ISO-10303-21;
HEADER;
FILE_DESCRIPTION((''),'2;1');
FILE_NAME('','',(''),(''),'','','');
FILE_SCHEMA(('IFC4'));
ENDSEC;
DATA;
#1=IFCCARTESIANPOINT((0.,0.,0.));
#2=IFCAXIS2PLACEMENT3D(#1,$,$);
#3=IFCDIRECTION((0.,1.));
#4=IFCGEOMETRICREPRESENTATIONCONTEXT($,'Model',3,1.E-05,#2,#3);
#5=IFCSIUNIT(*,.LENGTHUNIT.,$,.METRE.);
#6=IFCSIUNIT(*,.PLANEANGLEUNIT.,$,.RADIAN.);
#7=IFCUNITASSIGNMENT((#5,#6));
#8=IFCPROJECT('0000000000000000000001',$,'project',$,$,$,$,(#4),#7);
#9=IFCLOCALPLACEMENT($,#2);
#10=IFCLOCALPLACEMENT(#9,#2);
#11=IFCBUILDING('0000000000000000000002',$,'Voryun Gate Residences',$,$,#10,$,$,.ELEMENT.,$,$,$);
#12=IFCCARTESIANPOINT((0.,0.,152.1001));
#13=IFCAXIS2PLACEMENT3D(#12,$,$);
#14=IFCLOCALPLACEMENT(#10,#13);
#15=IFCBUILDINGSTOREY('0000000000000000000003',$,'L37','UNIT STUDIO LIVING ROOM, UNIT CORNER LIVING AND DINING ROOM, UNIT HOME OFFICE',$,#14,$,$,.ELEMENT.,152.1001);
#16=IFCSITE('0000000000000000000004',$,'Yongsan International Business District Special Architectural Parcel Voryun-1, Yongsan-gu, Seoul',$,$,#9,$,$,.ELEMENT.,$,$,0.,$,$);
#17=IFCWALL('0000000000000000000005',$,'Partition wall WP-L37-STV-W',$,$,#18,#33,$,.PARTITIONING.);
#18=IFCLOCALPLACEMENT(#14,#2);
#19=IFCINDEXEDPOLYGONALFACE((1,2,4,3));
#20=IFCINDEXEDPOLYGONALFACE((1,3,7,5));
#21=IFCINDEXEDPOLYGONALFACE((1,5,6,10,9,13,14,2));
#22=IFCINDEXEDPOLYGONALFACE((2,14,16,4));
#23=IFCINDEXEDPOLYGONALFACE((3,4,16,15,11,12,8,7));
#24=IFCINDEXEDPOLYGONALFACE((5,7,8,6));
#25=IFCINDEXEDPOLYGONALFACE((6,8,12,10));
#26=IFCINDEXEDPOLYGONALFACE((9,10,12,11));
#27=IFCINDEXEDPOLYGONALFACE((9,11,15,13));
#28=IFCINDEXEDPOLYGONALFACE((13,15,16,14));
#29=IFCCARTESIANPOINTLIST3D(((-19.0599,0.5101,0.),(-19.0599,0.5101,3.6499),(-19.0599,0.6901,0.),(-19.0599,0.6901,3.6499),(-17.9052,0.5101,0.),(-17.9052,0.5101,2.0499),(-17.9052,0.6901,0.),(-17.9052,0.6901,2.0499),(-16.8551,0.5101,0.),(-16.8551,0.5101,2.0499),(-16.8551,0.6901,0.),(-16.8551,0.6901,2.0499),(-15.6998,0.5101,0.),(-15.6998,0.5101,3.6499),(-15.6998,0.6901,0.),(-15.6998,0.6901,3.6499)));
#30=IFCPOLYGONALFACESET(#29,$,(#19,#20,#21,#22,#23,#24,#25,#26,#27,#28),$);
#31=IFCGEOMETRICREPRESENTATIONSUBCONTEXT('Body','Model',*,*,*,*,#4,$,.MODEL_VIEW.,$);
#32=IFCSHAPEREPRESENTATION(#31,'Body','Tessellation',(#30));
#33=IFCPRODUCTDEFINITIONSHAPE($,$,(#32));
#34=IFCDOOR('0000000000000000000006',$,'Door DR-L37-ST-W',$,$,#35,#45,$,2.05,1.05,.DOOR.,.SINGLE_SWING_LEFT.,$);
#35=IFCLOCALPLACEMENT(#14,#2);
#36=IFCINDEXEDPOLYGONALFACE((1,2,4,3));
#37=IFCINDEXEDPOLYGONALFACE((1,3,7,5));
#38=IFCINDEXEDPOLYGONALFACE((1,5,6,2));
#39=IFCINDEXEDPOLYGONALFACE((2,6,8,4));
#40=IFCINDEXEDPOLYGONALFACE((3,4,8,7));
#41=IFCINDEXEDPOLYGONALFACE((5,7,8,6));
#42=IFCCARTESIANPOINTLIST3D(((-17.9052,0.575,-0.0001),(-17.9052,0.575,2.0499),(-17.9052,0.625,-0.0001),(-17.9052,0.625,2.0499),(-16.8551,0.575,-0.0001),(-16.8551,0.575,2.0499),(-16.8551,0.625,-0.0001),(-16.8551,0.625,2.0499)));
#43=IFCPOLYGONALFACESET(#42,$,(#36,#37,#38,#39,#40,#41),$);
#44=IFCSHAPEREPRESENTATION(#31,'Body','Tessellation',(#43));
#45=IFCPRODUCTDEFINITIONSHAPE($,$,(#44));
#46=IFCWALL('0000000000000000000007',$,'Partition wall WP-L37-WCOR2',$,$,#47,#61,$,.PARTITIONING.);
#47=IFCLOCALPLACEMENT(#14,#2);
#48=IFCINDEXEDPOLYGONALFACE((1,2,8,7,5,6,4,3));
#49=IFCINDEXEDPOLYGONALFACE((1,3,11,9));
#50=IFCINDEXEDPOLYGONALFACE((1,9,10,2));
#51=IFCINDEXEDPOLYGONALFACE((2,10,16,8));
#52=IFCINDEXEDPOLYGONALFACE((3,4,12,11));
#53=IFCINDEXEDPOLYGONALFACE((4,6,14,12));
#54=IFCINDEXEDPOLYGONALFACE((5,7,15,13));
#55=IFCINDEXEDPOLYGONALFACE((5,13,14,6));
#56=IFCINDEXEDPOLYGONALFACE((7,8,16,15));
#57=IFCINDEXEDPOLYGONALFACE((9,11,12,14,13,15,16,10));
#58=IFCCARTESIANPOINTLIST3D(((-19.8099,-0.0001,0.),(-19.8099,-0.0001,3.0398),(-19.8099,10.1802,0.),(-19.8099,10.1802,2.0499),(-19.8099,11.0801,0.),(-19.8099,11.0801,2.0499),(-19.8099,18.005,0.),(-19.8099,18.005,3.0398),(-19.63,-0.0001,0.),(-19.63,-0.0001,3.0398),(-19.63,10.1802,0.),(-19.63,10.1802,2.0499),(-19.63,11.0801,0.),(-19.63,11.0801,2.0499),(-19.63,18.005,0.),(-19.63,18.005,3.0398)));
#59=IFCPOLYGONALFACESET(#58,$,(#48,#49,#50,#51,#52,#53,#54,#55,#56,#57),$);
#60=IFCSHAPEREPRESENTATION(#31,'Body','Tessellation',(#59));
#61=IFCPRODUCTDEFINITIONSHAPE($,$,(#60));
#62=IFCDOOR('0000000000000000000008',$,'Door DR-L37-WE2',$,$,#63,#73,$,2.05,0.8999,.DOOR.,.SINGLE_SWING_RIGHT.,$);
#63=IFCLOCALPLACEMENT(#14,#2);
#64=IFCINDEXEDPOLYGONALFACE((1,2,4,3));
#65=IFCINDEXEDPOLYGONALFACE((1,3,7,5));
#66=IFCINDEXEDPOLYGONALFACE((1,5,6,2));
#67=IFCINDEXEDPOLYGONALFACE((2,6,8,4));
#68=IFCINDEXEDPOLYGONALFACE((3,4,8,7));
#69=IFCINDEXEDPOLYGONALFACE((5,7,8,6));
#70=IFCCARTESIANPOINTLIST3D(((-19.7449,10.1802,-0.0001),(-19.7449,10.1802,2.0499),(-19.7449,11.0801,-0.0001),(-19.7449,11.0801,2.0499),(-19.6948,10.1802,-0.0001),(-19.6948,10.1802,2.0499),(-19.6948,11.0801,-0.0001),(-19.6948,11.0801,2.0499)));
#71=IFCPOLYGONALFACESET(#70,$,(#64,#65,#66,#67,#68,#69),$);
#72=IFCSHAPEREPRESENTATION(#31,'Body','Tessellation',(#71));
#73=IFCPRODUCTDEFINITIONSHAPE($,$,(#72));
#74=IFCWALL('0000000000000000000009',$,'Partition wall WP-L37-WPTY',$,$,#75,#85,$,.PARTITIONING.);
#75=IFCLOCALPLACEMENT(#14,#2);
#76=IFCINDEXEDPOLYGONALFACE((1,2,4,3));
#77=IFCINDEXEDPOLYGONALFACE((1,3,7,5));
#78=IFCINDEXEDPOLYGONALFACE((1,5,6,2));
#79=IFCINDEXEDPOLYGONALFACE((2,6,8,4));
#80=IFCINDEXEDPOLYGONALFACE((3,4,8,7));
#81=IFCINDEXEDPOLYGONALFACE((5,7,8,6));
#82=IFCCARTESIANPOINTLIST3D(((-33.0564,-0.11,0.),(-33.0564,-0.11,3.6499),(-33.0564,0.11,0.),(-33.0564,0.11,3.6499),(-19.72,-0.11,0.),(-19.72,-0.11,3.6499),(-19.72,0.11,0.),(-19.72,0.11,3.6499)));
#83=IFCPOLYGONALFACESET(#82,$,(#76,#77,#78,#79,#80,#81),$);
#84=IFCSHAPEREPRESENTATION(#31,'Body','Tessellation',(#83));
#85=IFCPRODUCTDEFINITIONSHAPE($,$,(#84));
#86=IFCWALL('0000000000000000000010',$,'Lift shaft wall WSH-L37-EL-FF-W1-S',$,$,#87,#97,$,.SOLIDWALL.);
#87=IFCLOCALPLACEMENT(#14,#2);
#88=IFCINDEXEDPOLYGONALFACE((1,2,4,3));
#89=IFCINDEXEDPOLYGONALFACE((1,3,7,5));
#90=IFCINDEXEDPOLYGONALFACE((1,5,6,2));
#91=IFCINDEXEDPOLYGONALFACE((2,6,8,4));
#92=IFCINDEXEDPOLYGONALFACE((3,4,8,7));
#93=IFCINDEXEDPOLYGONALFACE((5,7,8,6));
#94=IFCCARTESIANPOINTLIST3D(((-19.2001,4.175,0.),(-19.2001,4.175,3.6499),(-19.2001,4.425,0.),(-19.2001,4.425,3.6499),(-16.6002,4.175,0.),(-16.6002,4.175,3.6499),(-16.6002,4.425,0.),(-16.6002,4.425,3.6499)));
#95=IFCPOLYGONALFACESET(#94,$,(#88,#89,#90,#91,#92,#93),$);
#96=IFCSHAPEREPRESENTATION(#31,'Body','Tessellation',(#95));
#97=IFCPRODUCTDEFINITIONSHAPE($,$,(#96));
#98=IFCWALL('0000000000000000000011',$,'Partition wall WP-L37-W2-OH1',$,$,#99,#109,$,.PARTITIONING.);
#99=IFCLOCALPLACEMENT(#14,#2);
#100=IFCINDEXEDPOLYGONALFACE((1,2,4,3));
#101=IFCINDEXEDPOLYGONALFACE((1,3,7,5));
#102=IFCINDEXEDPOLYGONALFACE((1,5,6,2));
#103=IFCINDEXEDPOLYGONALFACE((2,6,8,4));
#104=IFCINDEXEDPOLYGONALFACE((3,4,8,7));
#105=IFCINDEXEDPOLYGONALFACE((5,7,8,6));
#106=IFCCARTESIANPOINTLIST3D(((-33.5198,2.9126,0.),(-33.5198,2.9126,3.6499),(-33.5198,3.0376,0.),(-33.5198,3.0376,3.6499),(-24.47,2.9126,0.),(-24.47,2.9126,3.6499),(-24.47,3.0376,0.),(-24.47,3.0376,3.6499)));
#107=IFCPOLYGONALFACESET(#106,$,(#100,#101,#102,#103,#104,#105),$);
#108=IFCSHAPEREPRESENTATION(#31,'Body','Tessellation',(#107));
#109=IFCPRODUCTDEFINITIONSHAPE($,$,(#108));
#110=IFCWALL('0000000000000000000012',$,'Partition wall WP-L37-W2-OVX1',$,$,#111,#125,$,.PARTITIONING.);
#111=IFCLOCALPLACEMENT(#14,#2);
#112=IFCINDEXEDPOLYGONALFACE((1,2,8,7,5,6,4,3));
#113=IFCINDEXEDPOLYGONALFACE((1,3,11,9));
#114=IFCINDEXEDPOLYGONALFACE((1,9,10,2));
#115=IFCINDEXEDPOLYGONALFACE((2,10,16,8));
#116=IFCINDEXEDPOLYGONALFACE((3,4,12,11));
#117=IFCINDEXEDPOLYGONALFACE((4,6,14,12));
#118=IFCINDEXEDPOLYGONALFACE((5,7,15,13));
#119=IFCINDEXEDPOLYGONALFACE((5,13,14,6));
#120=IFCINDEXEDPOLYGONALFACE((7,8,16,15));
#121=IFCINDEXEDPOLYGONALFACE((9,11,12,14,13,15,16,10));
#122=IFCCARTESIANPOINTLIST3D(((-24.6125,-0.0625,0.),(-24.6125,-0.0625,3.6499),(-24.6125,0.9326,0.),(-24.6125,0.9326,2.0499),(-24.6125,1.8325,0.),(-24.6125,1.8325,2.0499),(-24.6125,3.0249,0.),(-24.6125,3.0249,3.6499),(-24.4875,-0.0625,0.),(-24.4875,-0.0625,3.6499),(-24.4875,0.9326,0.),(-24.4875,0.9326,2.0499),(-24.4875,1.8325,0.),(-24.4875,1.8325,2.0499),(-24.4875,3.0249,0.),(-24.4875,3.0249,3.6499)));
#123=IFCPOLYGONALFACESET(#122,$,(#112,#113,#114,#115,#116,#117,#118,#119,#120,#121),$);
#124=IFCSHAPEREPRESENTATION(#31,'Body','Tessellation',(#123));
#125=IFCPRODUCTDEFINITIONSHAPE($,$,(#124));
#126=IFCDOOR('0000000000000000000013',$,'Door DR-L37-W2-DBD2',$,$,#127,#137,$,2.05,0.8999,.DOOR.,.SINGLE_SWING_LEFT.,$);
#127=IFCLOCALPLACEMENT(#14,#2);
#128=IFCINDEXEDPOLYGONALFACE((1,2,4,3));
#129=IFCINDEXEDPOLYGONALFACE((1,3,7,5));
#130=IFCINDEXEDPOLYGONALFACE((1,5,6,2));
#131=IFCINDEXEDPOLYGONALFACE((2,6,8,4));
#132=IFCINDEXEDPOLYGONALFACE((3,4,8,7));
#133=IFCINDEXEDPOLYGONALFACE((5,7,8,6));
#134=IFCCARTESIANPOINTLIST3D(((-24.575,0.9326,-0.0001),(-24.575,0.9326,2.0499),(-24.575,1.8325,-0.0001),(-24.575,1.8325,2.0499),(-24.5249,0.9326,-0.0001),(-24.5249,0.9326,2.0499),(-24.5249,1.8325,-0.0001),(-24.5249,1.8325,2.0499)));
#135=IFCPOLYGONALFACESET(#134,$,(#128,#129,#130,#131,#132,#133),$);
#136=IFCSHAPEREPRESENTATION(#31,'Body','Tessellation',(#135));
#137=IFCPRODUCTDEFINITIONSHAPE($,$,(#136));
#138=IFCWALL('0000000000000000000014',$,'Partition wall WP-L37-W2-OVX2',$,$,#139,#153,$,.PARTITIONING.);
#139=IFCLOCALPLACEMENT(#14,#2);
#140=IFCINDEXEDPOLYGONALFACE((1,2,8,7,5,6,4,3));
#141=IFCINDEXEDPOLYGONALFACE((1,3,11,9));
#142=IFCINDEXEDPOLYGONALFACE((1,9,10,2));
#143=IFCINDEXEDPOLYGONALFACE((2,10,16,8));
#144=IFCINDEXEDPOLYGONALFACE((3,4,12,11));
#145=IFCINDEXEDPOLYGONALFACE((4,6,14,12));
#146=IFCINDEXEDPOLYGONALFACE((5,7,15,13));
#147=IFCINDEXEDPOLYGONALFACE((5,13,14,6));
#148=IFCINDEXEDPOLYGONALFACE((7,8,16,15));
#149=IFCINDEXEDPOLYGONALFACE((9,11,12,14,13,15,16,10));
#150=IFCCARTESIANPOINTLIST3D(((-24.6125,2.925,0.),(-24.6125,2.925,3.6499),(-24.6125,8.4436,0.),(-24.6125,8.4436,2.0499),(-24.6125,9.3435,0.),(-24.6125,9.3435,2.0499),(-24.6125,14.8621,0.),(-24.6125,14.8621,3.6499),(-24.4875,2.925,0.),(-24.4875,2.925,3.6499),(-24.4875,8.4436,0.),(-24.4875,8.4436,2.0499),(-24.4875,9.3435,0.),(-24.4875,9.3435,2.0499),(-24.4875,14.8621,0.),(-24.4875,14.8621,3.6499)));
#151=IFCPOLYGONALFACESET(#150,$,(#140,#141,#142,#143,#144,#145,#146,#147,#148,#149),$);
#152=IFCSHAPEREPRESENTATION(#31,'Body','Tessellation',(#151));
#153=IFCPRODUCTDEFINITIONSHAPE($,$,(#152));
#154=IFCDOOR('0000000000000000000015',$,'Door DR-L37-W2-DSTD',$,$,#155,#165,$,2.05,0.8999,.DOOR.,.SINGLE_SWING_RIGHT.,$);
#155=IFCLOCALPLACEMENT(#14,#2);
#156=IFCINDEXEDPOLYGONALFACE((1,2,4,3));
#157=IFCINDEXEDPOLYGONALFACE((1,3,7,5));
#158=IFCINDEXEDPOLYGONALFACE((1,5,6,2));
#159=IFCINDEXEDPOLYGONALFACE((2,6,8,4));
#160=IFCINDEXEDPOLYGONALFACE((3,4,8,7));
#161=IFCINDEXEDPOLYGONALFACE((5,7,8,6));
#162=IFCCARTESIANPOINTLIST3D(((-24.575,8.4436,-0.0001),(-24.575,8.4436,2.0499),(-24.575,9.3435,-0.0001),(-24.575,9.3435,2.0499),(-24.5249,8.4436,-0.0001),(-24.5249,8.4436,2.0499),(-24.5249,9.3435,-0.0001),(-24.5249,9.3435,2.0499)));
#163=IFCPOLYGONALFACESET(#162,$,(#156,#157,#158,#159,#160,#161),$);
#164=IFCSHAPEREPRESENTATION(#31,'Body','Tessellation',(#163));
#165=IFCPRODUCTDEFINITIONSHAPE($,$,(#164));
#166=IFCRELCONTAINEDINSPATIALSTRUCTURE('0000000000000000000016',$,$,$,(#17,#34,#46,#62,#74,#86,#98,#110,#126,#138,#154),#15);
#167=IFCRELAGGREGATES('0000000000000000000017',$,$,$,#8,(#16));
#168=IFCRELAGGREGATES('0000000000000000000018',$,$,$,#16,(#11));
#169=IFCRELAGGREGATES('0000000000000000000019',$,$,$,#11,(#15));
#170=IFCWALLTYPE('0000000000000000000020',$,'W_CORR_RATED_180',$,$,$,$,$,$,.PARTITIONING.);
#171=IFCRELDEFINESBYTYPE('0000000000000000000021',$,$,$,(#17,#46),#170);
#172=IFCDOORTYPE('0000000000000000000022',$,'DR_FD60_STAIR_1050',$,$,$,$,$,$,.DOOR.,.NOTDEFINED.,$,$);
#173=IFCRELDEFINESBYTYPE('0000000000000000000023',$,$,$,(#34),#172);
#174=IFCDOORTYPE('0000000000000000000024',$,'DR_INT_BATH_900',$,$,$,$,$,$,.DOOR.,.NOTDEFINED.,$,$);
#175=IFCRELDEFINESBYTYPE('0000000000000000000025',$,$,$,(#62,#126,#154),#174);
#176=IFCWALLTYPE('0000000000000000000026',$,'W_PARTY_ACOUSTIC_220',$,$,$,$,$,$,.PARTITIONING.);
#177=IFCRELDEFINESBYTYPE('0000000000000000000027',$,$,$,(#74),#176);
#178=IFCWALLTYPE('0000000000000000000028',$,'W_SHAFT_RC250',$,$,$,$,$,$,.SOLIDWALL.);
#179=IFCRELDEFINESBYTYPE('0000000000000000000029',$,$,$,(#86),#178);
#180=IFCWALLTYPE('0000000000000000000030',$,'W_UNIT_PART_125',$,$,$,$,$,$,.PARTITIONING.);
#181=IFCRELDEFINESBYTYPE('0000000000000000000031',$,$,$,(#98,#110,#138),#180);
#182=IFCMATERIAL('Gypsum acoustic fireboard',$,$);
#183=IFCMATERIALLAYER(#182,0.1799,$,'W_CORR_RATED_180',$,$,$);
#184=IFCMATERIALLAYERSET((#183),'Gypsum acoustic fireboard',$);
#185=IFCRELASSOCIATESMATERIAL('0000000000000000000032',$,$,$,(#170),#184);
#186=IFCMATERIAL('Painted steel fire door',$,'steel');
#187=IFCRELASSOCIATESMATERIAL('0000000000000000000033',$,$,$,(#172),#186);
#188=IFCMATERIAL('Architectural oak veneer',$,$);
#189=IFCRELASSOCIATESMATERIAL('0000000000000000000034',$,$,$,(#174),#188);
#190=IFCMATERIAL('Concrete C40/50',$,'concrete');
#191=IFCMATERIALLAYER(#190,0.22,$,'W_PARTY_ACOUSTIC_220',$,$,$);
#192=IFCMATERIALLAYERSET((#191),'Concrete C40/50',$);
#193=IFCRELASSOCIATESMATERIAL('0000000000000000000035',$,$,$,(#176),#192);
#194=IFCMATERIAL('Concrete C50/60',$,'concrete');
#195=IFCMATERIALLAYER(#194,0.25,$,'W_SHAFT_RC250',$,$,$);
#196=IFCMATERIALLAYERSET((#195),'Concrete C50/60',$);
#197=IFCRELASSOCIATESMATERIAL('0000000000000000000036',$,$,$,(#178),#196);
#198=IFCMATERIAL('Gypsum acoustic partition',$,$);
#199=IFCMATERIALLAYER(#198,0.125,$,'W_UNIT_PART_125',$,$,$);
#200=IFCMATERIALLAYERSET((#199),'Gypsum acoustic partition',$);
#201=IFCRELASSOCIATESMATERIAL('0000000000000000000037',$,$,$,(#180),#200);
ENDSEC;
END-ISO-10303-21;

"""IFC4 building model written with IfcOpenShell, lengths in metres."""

from ifc_helpers import new_model, si_unit, direction, frame, frame_2d, origin, place, context, subcontext, project, spatial, rectangle, extrude, material, layer, layer_set, type_object, element, fill, save


model = new_model("IFC4")

# Units and contexts
model_context = context("Model", 3, precision=1e-05, world=origin(), true_north=direction((0.0, 1.0)))
body_context = subcontext(model_context, "Body", "Model", "MODEL_VIEW")
ifc_project = project(units=[si_unit("LENGTHUNIT", "METRE"), si_unit("PLANEANGLEUNIT", "RADIAN")], contexts=[model_context])

# Site, building, storey
site_placement = place(None, origin())
site = spatial("IfcSite", under=ifc_project, at=site_placement, Name="Yongsan International Business District Special Architectural Parcel Voryun-1, Yongsan-gu, Seoul", CompositionType="ELEMENT", RefElevation=0.0)
building_placement = place(site_placement, origin())
building = spatial("IfcBuilding", under=site, at=building_placement, Name="Voryun Gate Residences", CompositionType="ELEMENT")
storey_placement = place(building_placement, frame((0.0, 0.0, 152.1001)))
storey = spatial("IfcBuildingStorey", under=building, at=storey_placement, Name="L37", Description="UNIT STUDIO LIVING ROOM, UNIT CORNER LIVING AND DINING ROOM, UNIT HOME OFFICE", CompositionType="ELEMENT", Elevation=152.1001)

# Walls, openings, doors
ifc_material_1 = material(Name="Gypsum acoustic fireboard")
ifc_layer_1 = layer(ifc_material_1, 0.1799, Name="W_CORR_RATED_180")
ifc_layer_set_1 = layer_set([ifc_layer_1], Name="Gypsum acoustic fireboard")
wall_type_1 = type_object("IfcWallType", Name="W_CORR_RATED_180", PredefinedType="PARTITIONING", material=ifc_layer_set_1)
wall_1_placement = place(storey_placement, frame((-19.0601, 0.6001, 0.0), z_axis=(0.0, 0.0, 1.0), x_axis=(1.0, 0.0, 0.0)))
wall_1 = element("IfcWall", 1, at=wall_1_placement, inside=storey, type_object=wall_type_1, Name="Partition wall WP-L37-STV-W", PredefinedType="PARTITIONING", context=body_context, shape_type="SweptSolid", body=[
    extrude(rectangle(XDim=3.3601, YDim=0.1799, at=frame_2d((1.6802, 0.0))), origin(), (0.0, 0.0, 1.0), 3.6499),
])
opening_1_placement = place(wall_1_placement, frame((1.155, 0.0, 0.0)))
opening_1 = element("IfcOpeningElement", 2, at=opening_1_placement, cuts=wall_1, PredefinedType="OPENING", context=body_context, shape_type="SweptSolid", body=[
    extrude(rectangle(XDim=1.05, YDim=2.05, at=frame_2d((0.5249, 1.0249))), frame((0.0, 0.0999, 0.0), z_axis=(0.0, -1.0, 0.0), x_axis=(1.0, 0.0, 0.0)), (0.0, 0.0, 1.0), 0.2),
])
ifc_material_2 = material(Name="Painted steel fire door", Category="steel")
door_type_1 = type_object("IfcDoorType", Name="DR_FD60_STAIR_1050", OperationType="NOTDEFINED", PredefinedType="DOOR", material=ifc_material_2)
door_1_placement = place(opening_1_placement, origin())
door_1 = element("IfcDoor", 3, at=door_1_placement, inside=storey, type_object=door_type_1, Name="Door DR-L37-ST-W", OperationType="SINGLE_SWING_LEFT", OverallHeight=2.05, OverallWidth=1.05, PredefinedType="DOOR", context=body_context, shape_type="SweptSolid", body=[
    extrude(rectangle(XDim=1.05, YDim=2.05, at=frame_2d((0.5249, 1.0249))), frame((0.0, 0.0249, 0.0), z_axis=(0.0, -1.0, 0.0), x_axis=(1.0, 0.0, 0.0)), (0.0, 0.0, 1.0), 0.05),
])
fill(opening_1, door_1)
wall_2_placement = place(storey_placement, frame((-19.72, 0.0, 0.0), z_axis=(0.0, 0.0, 1.0), x_axis=(0.0, 1.0, 0.0)))
wall_2 = element("IfcWall", 4, at=wall_2_placement, inside=storey, type_object=wall_type_1, Name="Partition wall WP-L37-WCOR2", PredefinedType="PARTITIONING", context=body_context, shape_type="SweptSolid", body=[
    extrude(rectangle(XDim=18.0051, YDim=0.1799, at=frame_2d((9.0024, 0.0))), origin(), (0.0, 0.0, 1.0), 3.0398),
])
opening_2_placement = place(wall_2_placement, frame((10.1802, 0.0, 0.0)))
opening_2 = element("IfcOpeningElement", 5, at=opening_2_placement, cuts=wall_2, PredefinedType="OPENING", context=body_context, shape_type="SweptSolid", body=[
    extrude(rectangle(XDim=0.8999, YDim=2.05, at=frame_2d((0.45, 1.0249))), frame((0.0, 0.0999, 0.0), z_axis=(0.0, -1.0, 0.0), x_axis=(1.0, 0.0, 0.0)), (0.0, 0.0, 1.0), 0.2),
])
ifc_material_3 = material(Name="Architectural oak veneer")
door_type_2 = type_object("IfcDoorType", Name="DR_INT_BATH_900", OperationType="NOTDEFINED", PredefinedType="DOOR", material=ifc_material_3)
door_2_placement = place(opening_2_placement, origin())
door_2 = element("IfcDoor", 6, at=door_2_placement, inside=storey, type_object=door_type_2, Name="Door DR-L37-WE2", OperationType="SINGLE_SWING_RIGHT", OverallHeight=2.05, OverallWidth=0.8999, PredefinedType="DOOR", context=body_context, shape_type="SweptSolid", body=[
    extrude(rectangle(XDim=0.8999, YDim=2.05, at=frame_2d((0.45, 1.0249))), frame((0.0, 0.0249, 0.0), z_axis=(0.0, -1.0, 0.0), x_axis=(1.0, 0.0, 0.0)), (0.0, 0.0, 1.0), 0.05),
])
fill(opening_2, door_2)

# Walls
ifc_material_4 = material(Name="Concrete C40/50", Category="concrete")
ifc_layer_2 = layer(ifc_material_4, 0.22, Name="W_PARTY_ACOUSTIC_220")
ifc_layer_set_2 = layer_set([ifc_layer_2], Name="Concrete C40/50")
wall_type_2 = type_object("IfcWallType", Name="W_PARTY_ACOUSTIC_220", PredefinedType="PARTITIONING", material=ifc_layer_set_2)
wall_3_placement = place(storey_placement, frame((-19.72, 0.0, 0.0), z_axis=(0.0, 0.0, 1.0), x_axis=(-1.0, 0.0, 0.0)))
element("IfcWall", 7, at=wall_3_placement, inside=storey, type_object=wall_type_2, Name="Partition wall WP-L37-WPTY", PredefinedType="PARTITIONING", context=body_context, shape_type="SweptSolid", body=[
    extrude(rectangle(XDim=13.3364, YDim=0.22, at=frame_2d((6.6682, 0.0))), origin(), (0.0, 0.0, 1.0), 3.6499),
])
ifc_material_5 = material(Name="Concrete C50/60", Category="concrete")
ifc_layer_3 = layer(ifc_material_5, 0.25, Name="W_SHAFT_RC250")
ifc_layer_set_3 = layer_set([ifc_layer_3], Name="Concrete C50/60")
wall_type_3 = type_object("IfcWallType", Name="W_SHAFT_RC250", PredefinedType="SOLIDWALL", material=ifc_layer_set_3)
wall_4_placement = place(storey_placement, frame((-19.2, 4.3, 0.0), z_axis=(0.0, 0.0, 1.0), x_axis=(1.0, 0.0, 0.0)))
element("IfcWall", 8, at=wall_4_placement, inside=storey, type_object=wall_type_3, Name="Lift shaft wall WSH-L37-EL-FF-W1-S", PredefinedType="SOLIDWALL", context=body_context, shape_type="SweptSolid", body=[
    extrude(rectangle(XDim=2.5999, YDim=0.25, at=frame_2d((1.2998, 0.0))), origin(), (0.0, 0.0, 1.0), 3.6499),
])
ifc_material_6 = material(Name="Gypsum acoustic partition")
ifc_layer_4 = layer(ifc_material_6, 0.125, Name="W_UNIT_PART_125")
ifc_layer_set_4 = layer_set([ifc_layer_4], Name="Gypsum acoustic partition")
wall_type_4 = type_object("IfcWallType", Name="W_UNIT_PART_125", PredefinedType="PARTITIONING", material=ifc_layer_set_4)
wall_5_placement = place(storey_placement, frame((-33.5198, 2.9751, 0.0), z_axis=(0.0, 0.0, 1.0), x_axis=(1.0, 0.0, 0.0)))
element("IfcWall", 9, at=wall_5_placement, inside=storey, type_object=wall_type_4, Name="Partition wall WP-L37-W2-OH1", PredefinedType="PARTITIONING", context=body_context, shape_type="SweptSolid", body=[
    extrude(rectangle(XDim=9.0498, YDim=0.125, at=frame_2d((4.5249, 0.0))), origin(), (0.0, 0.0, 1.0), 3.6499),
])

# Walls, openings, doors
wall_6_placement = place(storey_placement, frame((-24.55, -0.0625, 0.0), z_axis=(0.0, 0.0, 1.0), x_axis=(0.0, 1.0, 0.0)))
wall_6 = element("IfcWall", 10, at=wall_6_placement, inside=storey, type_object=wall_type_4, Name="Partition wall WP-L37-W2-OVX1", PredefinedType="PARTITIONING", context=body_context, shape_type="SweptSolid", body=[
    extrude(rectangle(XDim=3.0874, YDim=0.125, at=frame_2d((1.5437, 0.0))), origin(), (0.0, 0.0, 1.0), 3.6499),
])
opening_3_placement = place(wall_6_placement, frame((0.9951, 0.0, 0.0)))
opening_3 = element("IfcOpeningElement", 11, at=opening_3_placement, cuts=wall_6, PredefinedType="OPENING", context=body_context, shape_type="SweptSolid", body=[
    extrude(rectangle(XDim=0.8999, YDim=2.05, at=frame_2d((0.45, 1.0249))), frame((0.0, 0.0725, 0.0), z_axis=(0.0, -1.0, 0.0), x_axis=(1.0, 0.0, 0.0)), (0.0, 0.0, 1.0), 0.145),
])
door_3_placement = place(opening_3_placement, origin())
door_3 = element("IfcDoor", 12, at=door_3_placement, inside=storey, type_object=door_type_2, Name="Door DR-L37-W2-DBD2", OperationType="SINGLE_SWING_LEFT", OverallHeight=2.05, OverallWidth=0.8999, PredefinedType="DOOR", context=body_context, shape_type="SweptSolid", body=[
    extrude(rectangle(XDim=0.8999, YDim=2.05, at=frame_2d((0.45, 1.0249))), frame((0.0, 0.0249, 0.0), z_axis=(0.0, -1.0, 0.0), x_axis=(1.0, 0.0, 0.0)), (0.0, 0.0, 1.0), 0.05),
])
fill(opening_3, door_3)
wall_7_placement = place(storey_placement, frame((-24.55, 2.925, 0.0), z_axis=(0.0, 0.0, 1.0), x_axis=(0.0, 1.0, 0.0)))
wall_7 = element("IfcWall", 13, at=wall_7_placement, inside=storey, type_object=wall_type_4, Name="Partition wall WP-L37-W2-OVX2", PredefinedType="PARTITIONING", context=body_context, shape_type="SweptSolid", body=[
    extrude(rectangle(XDim=11.937, YDim=0.125, at=frame_2d((5.9685, 0.0))), origin(), (0.0, 0.0, 1.0), 3.6499),
])
opening_4_placement = place(wall_7_placement, frame((5.5186, 0.0, 0.0)))
opening_4 = element("IfcOpeningElement", 14, at=opening_4_placement, cuts=wall_7, PredefinedType="OPENING", context=body_context, shape_type="SweptSolid", body=[
    extrude(rectangle(XDim=0.8999, YDim=2.05, at=frame_2d((0.45, 1.0249))), frame((0.0, 0.0725, 0.0), z_axis=(0.0, -1.0, 0.0), x_axis=(1.0, 0.0, 0.0)), (0.0, 0.0, 1.0), 0.145),
])
door_4_placement = place(opening_4_placement, origin())
door_4 = element("IfcDoor", 15, at=door_4_placement, inside=storey, type_object=door_type_2, Name="Door DR-L37-W2-DSTD", OperationType="SINGLE_SWING_RIGHT", OverallHeight=2.05, OverallWidth=0.8999, PredefinedType="DOOR", context=body_context, shape_type="SweptSolid", body=[
    extrude(rectangle(XDim=0.8999, YDim=2.05, at=frame_2d((0.45, 1.0249))), frame((0.0, 0.0249, 0.0), z_axis=(0.0, -1.0, 0.0), x_axis=(1.0, 0.0, 0.0)), (0.0, 0.0, 1.0), 0.05),
])
fill(opening_4, door_4)

save(model, "model.ifc")
